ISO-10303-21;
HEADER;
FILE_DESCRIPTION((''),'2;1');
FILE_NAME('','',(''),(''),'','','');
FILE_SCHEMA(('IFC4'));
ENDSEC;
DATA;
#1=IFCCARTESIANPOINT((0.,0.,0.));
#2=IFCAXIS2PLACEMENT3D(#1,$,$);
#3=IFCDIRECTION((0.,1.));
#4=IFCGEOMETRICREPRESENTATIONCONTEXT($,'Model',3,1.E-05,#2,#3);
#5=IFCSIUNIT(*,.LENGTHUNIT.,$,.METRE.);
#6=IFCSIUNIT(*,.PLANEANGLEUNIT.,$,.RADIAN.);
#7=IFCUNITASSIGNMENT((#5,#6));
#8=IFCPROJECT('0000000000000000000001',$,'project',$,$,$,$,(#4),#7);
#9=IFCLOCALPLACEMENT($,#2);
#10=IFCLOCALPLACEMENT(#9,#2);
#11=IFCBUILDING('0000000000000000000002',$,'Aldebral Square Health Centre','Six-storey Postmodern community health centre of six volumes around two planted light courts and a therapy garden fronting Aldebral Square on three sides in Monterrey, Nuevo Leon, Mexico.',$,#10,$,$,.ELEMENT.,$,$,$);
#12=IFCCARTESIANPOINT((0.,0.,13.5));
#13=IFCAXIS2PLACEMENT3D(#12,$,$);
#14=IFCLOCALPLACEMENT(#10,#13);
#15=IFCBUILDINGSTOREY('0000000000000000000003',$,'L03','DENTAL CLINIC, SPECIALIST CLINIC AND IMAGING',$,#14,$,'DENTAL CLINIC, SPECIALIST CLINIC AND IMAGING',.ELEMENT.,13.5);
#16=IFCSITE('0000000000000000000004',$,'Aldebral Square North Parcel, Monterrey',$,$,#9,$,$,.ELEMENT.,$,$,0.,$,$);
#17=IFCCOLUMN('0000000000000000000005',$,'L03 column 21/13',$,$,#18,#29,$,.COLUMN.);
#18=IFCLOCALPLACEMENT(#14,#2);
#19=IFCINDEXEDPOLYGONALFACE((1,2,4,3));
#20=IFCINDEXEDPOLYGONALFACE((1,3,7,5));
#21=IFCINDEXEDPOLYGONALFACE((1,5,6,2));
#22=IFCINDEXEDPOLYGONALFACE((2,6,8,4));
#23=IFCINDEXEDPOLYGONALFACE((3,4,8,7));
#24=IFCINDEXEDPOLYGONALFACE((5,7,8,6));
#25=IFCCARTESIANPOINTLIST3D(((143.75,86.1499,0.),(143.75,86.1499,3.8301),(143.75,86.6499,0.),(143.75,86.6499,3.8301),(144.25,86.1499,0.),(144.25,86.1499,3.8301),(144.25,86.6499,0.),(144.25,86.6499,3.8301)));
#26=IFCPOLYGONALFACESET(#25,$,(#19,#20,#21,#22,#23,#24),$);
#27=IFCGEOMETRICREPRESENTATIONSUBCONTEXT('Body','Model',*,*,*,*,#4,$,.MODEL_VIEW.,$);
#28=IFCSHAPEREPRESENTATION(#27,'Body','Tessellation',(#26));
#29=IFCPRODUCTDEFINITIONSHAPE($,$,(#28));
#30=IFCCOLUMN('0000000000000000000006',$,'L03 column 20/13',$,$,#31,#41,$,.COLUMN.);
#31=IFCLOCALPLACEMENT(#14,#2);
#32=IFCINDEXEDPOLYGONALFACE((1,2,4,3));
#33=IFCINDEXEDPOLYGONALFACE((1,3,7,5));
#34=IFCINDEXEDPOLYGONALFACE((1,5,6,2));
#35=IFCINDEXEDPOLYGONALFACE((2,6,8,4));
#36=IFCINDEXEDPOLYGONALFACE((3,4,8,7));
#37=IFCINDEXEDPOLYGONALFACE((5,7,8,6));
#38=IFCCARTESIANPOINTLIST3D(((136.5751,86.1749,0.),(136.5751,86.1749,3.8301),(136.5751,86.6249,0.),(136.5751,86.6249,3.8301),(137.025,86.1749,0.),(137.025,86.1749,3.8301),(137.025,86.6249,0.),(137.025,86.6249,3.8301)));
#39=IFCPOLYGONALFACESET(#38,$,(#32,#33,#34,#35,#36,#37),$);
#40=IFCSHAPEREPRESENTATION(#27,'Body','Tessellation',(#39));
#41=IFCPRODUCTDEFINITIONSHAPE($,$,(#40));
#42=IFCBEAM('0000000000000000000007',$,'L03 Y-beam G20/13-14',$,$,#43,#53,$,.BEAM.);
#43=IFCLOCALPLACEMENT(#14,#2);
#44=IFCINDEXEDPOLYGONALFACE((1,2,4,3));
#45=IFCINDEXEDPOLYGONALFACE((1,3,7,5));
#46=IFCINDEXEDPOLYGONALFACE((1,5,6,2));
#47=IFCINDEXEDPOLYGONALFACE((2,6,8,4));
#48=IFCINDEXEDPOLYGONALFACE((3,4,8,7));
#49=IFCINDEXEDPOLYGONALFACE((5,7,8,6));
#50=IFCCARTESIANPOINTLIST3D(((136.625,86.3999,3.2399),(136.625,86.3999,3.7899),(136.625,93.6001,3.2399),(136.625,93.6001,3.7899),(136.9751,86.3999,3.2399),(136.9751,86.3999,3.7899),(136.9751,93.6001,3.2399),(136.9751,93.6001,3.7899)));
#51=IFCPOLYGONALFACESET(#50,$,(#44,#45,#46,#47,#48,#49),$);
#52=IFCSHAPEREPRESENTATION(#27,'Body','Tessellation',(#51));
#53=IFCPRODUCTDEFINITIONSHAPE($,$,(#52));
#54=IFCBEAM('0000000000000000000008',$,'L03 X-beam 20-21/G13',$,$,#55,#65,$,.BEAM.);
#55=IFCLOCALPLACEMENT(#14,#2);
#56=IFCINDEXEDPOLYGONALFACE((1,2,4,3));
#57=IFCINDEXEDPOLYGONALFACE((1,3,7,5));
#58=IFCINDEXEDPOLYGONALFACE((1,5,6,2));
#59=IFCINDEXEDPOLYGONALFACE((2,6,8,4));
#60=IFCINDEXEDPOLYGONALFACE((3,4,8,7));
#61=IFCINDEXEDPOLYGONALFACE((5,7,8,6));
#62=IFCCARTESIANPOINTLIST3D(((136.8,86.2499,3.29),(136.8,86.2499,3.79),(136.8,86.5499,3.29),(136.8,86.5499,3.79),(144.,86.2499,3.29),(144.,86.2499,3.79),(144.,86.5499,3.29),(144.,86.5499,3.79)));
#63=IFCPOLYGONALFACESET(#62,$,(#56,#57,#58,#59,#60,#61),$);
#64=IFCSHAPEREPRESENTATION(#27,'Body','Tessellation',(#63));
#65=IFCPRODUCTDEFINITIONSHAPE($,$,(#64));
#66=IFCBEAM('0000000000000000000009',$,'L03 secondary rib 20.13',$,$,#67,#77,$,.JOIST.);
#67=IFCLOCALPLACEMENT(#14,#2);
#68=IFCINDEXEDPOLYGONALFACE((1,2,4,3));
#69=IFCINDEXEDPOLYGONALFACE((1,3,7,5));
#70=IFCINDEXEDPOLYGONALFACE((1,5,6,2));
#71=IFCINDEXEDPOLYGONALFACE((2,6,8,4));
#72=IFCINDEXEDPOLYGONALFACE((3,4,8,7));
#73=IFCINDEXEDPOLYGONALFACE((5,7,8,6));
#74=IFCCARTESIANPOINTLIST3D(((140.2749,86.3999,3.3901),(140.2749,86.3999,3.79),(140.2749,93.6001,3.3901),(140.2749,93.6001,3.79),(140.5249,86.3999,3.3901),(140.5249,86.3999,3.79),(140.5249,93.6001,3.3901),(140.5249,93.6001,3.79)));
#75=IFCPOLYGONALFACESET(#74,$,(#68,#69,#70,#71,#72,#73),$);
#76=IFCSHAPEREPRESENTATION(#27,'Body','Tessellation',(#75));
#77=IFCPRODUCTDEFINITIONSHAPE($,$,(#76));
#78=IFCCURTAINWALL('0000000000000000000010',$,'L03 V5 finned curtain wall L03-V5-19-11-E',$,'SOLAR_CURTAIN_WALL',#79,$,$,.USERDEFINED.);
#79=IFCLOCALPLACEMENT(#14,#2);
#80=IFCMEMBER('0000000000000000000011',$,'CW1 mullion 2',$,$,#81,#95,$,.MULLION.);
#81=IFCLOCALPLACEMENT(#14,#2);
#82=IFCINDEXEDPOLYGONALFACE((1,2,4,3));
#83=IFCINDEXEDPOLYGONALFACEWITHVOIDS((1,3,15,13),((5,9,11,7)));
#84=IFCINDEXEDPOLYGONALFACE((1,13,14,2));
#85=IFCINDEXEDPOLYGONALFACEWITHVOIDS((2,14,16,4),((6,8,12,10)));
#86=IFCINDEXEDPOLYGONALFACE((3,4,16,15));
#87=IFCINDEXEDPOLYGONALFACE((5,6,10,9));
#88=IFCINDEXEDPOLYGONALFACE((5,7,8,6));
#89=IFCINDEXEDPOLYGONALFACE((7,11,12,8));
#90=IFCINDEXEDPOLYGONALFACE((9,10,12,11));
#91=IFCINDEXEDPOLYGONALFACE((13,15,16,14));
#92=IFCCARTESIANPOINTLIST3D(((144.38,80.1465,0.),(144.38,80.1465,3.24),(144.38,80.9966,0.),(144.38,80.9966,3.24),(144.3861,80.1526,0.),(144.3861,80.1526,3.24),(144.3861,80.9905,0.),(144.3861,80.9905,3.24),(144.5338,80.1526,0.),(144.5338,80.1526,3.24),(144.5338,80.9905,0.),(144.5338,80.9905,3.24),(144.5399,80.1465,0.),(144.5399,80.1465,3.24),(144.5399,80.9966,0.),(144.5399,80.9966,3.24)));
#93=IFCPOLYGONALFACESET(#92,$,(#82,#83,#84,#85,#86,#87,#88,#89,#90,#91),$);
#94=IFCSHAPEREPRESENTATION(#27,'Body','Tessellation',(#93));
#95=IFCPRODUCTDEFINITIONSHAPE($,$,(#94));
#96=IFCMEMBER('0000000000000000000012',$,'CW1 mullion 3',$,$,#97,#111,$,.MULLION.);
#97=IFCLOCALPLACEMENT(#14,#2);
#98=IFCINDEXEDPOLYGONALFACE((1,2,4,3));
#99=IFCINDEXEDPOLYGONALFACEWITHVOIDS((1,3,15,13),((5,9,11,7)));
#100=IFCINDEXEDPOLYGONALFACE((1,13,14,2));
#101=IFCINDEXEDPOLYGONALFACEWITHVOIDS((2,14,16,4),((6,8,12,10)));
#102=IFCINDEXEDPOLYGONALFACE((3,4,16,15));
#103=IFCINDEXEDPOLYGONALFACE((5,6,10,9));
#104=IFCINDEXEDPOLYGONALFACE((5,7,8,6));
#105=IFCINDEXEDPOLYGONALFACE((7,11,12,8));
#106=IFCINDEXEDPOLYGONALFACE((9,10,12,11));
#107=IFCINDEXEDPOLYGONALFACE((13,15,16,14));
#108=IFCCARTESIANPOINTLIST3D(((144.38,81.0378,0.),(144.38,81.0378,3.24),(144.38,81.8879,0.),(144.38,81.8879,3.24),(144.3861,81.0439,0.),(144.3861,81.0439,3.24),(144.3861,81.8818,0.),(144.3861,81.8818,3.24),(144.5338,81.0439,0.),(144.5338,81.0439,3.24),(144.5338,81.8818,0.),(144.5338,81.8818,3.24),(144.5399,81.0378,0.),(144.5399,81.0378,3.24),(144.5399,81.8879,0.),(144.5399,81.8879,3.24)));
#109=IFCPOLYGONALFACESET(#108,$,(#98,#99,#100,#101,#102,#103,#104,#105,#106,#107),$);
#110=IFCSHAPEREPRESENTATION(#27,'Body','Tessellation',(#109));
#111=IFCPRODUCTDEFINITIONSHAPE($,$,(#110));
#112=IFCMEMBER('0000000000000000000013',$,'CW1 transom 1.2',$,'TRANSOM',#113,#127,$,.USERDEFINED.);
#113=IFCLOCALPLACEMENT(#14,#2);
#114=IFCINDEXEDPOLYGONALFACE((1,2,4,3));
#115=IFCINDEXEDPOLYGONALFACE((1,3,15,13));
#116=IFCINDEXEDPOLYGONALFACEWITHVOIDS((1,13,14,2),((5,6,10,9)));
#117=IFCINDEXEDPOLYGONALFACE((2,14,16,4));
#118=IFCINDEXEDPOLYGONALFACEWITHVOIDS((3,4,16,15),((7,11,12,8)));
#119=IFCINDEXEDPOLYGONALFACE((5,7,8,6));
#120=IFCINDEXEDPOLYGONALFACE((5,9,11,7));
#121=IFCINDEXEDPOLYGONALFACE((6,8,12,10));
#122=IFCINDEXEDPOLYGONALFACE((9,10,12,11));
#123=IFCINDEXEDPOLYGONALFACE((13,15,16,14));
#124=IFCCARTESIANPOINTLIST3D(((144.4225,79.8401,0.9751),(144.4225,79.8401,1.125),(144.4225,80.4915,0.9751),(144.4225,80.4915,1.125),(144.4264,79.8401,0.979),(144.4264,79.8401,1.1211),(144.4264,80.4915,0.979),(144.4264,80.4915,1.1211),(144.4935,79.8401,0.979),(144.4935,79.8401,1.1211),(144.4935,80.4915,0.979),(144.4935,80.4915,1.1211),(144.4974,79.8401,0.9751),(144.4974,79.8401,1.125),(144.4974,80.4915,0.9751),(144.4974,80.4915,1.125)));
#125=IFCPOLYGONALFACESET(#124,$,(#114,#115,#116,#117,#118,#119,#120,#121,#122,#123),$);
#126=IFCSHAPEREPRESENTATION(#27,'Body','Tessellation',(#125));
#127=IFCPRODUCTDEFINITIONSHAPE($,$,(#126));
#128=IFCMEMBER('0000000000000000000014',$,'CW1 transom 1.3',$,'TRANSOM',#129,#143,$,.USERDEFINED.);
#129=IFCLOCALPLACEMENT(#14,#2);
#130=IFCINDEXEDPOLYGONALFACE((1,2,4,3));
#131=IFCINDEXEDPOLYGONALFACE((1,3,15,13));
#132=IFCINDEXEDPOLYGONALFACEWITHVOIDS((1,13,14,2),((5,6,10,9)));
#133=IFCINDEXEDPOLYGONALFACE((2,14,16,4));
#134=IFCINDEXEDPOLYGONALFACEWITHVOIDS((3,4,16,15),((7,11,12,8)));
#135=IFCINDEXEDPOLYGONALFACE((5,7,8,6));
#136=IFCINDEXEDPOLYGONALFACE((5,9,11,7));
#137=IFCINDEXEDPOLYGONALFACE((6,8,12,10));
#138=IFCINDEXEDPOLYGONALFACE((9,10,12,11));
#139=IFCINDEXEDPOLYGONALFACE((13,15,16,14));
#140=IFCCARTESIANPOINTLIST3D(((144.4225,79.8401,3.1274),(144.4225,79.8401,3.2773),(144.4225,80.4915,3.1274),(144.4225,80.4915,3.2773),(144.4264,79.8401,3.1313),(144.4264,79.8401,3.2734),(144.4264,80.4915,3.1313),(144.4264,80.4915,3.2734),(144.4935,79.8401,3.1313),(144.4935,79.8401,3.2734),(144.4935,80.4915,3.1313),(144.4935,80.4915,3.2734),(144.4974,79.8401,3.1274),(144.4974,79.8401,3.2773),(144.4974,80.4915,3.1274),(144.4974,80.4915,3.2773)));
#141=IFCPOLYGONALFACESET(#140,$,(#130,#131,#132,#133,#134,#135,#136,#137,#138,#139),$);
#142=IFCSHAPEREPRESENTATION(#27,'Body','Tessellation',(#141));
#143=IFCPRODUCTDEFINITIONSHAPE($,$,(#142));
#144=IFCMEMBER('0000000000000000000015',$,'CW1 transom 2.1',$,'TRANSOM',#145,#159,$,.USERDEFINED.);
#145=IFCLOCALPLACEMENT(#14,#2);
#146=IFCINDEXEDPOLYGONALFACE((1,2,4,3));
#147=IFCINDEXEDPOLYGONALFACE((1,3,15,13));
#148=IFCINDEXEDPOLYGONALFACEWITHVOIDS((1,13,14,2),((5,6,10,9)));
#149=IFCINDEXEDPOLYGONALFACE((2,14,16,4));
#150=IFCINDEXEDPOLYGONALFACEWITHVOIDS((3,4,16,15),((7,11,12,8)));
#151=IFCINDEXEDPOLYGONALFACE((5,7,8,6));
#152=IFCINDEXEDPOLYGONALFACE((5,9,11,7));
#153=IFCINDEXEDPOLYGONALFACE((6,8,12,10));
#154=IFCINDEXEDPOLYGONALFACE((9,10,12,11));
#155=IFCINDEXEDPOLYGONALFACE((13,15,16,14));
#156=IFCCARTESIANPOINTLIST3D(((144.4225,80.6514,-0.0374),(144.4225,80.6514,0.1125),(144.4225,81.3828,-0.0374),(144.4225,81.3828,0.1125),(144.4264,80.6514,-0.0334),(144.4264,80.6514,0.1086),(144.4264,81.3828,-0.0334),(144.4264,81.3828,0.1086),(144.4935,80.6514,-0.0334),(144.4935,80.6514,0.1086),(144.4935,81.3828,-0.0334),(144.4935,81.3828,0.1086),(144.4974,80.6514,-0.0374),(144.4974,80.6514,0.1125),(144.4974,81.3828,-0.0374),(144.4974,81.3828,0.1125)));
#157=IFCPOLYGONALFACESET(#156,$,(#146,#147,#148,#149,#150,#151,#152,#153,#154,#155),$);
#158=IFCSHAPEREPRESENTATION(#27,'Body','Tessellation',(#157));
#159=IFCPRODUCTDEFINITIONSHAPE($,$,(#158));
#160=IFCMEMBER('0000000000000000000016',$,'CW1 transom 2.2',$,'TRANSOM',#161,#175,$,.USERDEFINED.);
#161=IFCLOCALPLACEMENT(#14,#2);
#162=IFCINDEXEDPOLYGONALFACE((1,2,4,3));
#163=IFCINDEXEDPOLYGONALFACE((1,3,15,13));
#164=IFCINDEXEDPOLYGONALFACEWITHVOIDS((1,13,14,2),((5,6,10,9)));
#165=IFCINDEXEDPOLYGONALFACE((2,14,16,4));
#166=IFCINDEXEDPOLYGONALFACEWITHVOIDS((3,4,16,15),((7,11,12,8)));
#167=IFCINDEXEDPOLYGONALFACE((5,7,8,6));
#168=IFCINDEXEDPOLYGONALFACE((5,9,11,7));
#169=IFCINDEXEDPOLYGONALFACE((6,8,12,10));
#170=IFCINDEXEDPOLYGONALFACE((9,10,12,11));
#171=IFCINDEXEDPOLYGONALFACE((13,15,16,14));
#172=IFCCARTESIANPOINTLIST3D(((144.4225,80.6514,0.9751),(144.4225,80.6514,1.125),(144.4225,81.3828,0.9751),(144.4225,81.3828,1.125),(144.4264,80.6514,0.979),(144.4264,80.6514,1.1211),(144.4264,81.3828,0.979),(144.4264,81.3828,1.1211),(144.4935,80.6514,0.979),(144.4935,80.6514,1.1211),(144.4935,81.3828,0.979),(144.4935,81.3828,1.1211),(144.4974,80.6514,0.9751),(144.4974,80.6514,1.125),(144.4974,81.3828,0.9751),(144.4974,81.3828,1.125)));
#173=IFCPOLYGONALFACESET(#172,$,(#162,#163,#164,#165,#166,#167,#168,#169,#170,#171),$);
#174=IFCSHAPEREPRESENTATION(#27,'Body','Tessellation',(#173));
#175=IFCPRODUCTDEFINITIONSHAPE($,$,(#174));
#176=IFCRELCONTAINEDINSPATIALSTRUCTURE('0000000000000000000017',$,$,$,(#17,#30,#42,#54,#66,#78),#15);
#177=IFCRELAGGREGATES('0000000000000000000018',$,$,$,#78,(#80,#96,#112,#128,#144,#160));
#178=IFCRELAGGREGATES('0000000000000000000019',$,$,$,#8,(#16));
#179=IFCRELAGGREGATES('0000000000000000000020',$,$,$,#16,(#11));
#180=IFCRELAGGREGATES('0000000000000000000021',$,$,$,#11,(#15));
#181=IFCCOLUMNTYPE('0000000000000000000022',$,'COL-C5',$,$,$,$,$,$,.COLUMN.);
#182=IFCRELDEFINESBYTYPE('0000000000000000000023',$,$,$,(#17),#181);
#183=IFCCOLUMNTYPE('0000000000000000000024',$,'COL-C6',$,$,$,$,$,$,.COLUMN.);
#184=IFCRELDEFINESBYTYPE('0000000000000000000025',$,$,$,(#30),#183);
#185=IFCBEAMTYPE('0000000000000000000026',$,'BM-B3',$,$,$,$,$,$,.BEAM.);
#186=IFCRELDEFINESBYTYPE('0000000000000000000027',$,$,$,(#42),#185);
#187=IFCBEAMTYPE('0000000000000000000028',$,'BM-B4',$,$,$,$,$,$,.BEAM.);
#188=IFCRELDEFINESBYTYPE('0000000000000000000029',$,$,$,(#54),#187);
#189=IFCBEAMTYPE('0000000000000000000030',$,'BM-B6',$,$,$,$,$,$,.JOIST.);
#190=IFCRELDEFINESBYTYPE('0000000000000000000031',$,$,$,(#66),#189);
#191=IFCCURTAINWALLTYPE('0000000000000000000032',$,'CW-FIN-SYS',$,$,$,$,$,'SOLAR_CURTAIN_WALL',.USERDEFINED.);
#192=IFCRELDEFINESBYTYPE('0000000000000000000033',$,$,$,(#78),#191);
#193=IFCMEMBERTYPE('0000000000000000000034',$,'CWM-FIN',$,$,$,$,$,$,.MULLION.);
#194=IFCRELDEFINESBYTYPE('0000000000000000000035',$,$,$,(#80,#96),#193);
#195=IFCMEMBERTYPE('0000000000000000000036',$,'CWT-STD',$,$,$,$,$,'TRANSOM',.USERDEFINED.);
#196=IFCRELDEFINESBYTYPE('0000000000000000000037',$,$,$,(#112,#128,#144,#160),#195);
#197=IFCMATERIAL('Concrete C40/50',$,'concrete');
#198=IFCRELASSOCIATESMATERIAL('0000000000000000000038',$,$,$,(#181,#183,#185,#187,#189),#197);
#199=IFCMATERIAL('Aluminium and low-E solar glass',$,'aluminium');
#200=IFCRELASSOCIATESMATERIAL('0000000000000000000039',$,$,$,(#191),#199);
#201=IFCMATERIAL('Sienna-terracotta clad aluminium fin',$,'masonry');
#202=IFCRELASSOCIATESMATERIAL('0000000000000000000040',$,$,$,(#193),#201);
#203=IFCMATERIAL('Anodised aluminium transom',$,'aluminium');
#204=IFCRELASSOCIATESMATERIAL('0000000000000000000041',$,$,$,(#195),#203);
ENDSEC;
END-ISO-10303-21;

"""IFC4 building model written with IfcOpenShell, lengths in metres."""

from ifc_helpers import new_model, si_unit, direction, frame, origin, origin_2d, place, context, subcontext, project, spatial, rectangle, hollow_rectangle, extrude, material, material_profile, profile_set, type_object, element, aggregate, save


model = new_model("IFC4")

# Units and contexts
model_context = context("Model", 3, precision=1e-05, world=origin(), true_north=direction((0.0, 1.0)))
body_context = subcontext(model_context, "Body", "Model", "MODEL_VIEW")
ifc_project = project(units=[si_unit("LENGTHUNIT", "METRE"), si_unit("PLANEANGLEUNIT", "RADIAN")], contexts=[model_context])

# Site, building, storey
site_placement = place(None, origin())
site = spatial("IfcSite", under=ifc_project, at=site_placement, Name="Aldebral Square North Parcel, Monterrey", CompositionType="ELEMENT", RefElevation=0.0)
building_placement = place(site_placement, origin())
building = spatial("IfcBuilding", under=site, at=building_placement, Name="Aldebral Square Health Centre", Description="Six-storey Postmodern community health centre of six volumes around two planted light courts and a therapy garden fronting Aldebral Square on three sides in Monterrey, Nuevo Leon, Mexico.", CompositionType="ELEMENT")
storey_placement = place(building_placement, frame((0.0, 0.0, 13.5)))
storey = spatial("IfcBuildingStorey", under=building, at=storey_placement, Name="L03", Description="DENTAL CLINIC, SPECIALIST CLINIC AND IMAGING", LongName="DENTAL CLINIC, SPECIALIST CLINIC AND IMAGING", CompositionType="ELEMENT", Elevation=13.5)

# Columns
ifc_material_1 = material(Name="Concrete C40/50", Category="concrete")
ifc_material_profile_1 = material_profile(ifc_material_1, rectangle(XDim=0.5, YDim=0.5, at=origin_2d()), Name="RC 500x500")
ifc_profile_set_1 = profile_set([ifc_material_profile_1], Name="Concrete C40/50")
column_type_1 = type_object("IfcColumnType", Name="COL-C5", PredefinedType="COLUMN", material=ifc_profile_set_1)
column_1_placement = place(storey_placement, frame((144.0, 86.3999, 0.0), z_axis=(0.0, 0.0, 1.0), x_axis=(1.0, 0.0, 0.0)))
element("IfcColumn", 1, at=column_1_placement, inside=storey, type_object=column_type_1, Name="L03 column 21/13", PredefinedType="COLUMN", context=body_context, shape_type="SweptSolid", body=[
    extrude(rectangle(XDim=0.5, YDim=0.5, at=origin_2d()), origin(), (0.0, 0.0, 1.0), 3.8301),
])
ifc_material_profile_2 = material_profile(ifc_material_1, rectangle(XDim=0.45, YDim=0.45, at=origin_2d()), Name="RC 450x450")
ifc_profile_set_2 = profile_set([ifc_material_profile_2], Name="Concrete C40/50")
column_type_2 = type_object("IfcColumnType", Name="COL-C6", PredefinedType="COLUMN", material=ifc_profile_set_2)
column_2_placement = place(storey_placement, frame((136.8, 86.3999, 0.0), z_axis=(0.0, 0.0, 1.0), x_axis=(1.0, 0.0, 0.0)))
element("IfcColumn", 2, at=column_2_placement, inside=storey, type_object=column_type_2, Name="L03 column 20/13", PredefinedType="COLUMN", context=body_context, shape_type="SweptSolid", body=[
    extrude(rectangle(XDim=0.45, YDim=0.45, at=origin_2d()), origin(), (0.0, 0.0, 1.0), 3.8301),
])

# Beams
ifc_material_profile_3 = material_profile(ifc_material_1, rectangle(XDim=0.3501, YDim=0.55, at=origin_2d()), Name="RC 350x550")
ifc_profile_set_3 = profile_set([ifc_material_profile_3], Name="Concrete C40/50")
beam_type_1 = type_object("IfcBeamType", Name="BM-B3", PredefinedType="BEAM", material=ifc_profile_set_3)
beam_1_placement = place(storey_placement, frame((136.8, 86.3999, 3.5149), z_axis=(0.0, 1.0, 0.0), x_axis=(-1.0, 0.0, 0.0)))
element("IfcBeam", 3, at=beam_1_placement, inside=storey, type_object=beam_type_1, Name="L03 Y-beam G20/13-14", PredefinedType="BEAM", context=body_context, shape_type="SweptSolid", body=[
    extrude(rectangle(XDim=0.3501, YDim=0.55, at=origin_2d()), origin(), (0.0, 0.0, 1.0), 7.2002),
])
ifc_material_profile_4 = material_profile(ifc_material_1, rectangle(XDim=0.3, YDim=0.5, at=origin_2d()), Name="RC 300x500")
ifc_profile_set_4 = profile_set([ifc_material_profile_4], Name="Concrete C40/50")
beam_type_2 = type_object("IfcBeamType", Name="BM-B4", PredefinedType="BEAM", material=ifc_profile_set_4)
beam_2_placement = place(storey_placement, frame((136.8, 86.3999, 3.54), z_axis=(1.0, 0.0, 0.0), x_axis=(0.0, 1.0, 0.0)))
element("IfcBeam", 4, at=beam_2_placement, inside=storey, type_object=beam_type_2, Name="L03 X-beam 20-21/G13", PredefinedType="BEAM", context=body_context, shape_type="SweptSolid", body=[
    extrude(rectangle(XDim=0.3, YDim=0.5, at=origin_2d()), origin(), (0.0, 0.0, 1.0), 7.2),
])
ifc_material_profile_5 = material_profile(ifc_material_1, rectangle(XDim=0.25, YDim=0.3999, at=origin_2d()), Name="RC 250x400")
ifc_profile_set_5 = profile_set([ifc_material_profile_5], Name="Concrete C40/50")
beam_type_3 = type_object("IfcBeamType", Name="BM-B6", PredefinedType="JOIST", material=ifc_profile_set_5)
beam_3_placement = place(storey_placement, frame((140.3999, 86.3999, 3.5901), z_axis=(0.0, 1.0, 0.0), x_axis=(-1.0, 0.0, 0.0)))
element("IfcBeam", 5, at=beam_3_placement, inside=storey, type_object=beam_type_3, Name="L03 secondary rib 20.13", PredefinedType="JOIST", context=body_context, shape_type="SweptSolid", body=[
    extrude(rectangle(XDim=0.25, YDim=0.3999, at=origin_2d()), origin(), (0.0, 0.0, 1.0), 7.2002),
])

# Curtain wall, members
ifc_material_2 = material(Name="Aluminium and low-E solar glass", Category="aluminium")
curtain_wall_type = type_object("IfcCurtainWallType", Name="CW-FIN-SYS", ElementType="SOLAR_CURTAIN_WALL", PredefinedType="USERDEFINED", material=ifc_material_2)
curtain_wall_placement = place(storey_placement, origin())
curtain_wall = element("IfcCurtainWall", 6, at=curtain_wall_placement, inside=storey, type_object=curtain_wall_type, Name="L03 V5 finned curtain wall L03-V5-19-11-E", ObjectType="SOLAR_CURTAIN_WALL", PredefinedType="USERDEFINED")
ifc_material_3 = material(Name="Sienna-terracotta clad aluminium fin", Category="masonry")
ifc_material_profile_6 = material_profile(ifc_material_3, hollow_rectangle(XDim=0.1599, YDim=0.8501, WallThickness=0.0061, at=origin_2d()), Name="FIN 160x850x6")
ifc_profile_set_6 = profile_set([ifc_material_profile_6], Name="Sienna-terracotta clad aluminium fin")
member_type_1 = type_object("IfcMemberType", Name="CWM-FIN", PredefinedType="MULLION", material=ifc_profile_set_6)
member_1_placement = place(storey_placement, frame((144.46, 80.5715, 0.0), z_axis=(0.0, 0.0, 1.0), x_axis=(-1.0, 0.0, 0.0)))
member_1 = element("IfcMember", 7, at=member_1_placement, type_object=member_type_1, Name="CW1 mullion 2", PredefinedType="MULLION", context=body_context, shape_type="SweptSolid", body=[
    extrude(hollow_rectangle(XDim=0.1599, YDim=0.8501, WallThickness=0.0061, at=origin_2d()), origin(), (0.0, 0.0, 1.0), 3.24),
])
member_2_placement = place(storey_placement, frame((144.46, 81.4629, 0.0), z_axis=(0.0, 0.0, 1.0), x_axis=(-1.0, 0.0, 0.0)))
member_2 = element("IfcMember", 8, at=member_2_placement, type_object=member_type_1, Name="CW1 mullion 3", PredefinedType="MULLION", context=body_context, shape_type="SweptSolid", body=[
    extrude(hollow_rectangle(XDim=0.1599, YDim=0.8501, WallThickness=0.0061, at=origin_2d()), origin(), (0.0, 0.0, 1.0), 3.24),
])
ifc_material_4 = material(Name="Anodised aluminium transom", Category="aluminium")
ifc_material_profile_7 = material_profile(ifc_material_4, hollow_rectangle(XDim=0.075, YDim=0.1499, WallThickness=0.0039, at=origin_2d()), Name="CWT 75x150x4")
ifc_profile_set_7 = profile_set([ifc_material_profile_7], Name="Anodised aluminium transom")
member_type_2 = type_object("IfcMemberType", Name="CWT-STD", ElementType="TRANSOM", PredefinedType="USERDEFINED", material=ifc_profile_set_7)
member_3_placement = place(storey_placement, frame((144.46, 79.8401, 1.05), z_axis=(0.0, 1.0, 0.0), x_axis=(-1.0, 0.0, 0.0)))
member_3 = element("IfcMember", 9, at=member_3_placement, type_object=member_type_2, Name="CW1 transom 1.2", ObjectType="TRANSOM", PredefinedType="USERDEFINED", context=body_context, shape_type="SweptSolid", body=[
    extrude(hollow_rectangle(XDim=0.075, YDim=0.1499, WallThickness=0.0039, at=origin_2d()), origin(), (0.0, 0.0, 1.0), 0.6514),
])
member_4_placement = place(storey_placement, frame((144.46, 79.8401, 3.2024), z_axis=(0.0, 1.0, 0.0), x_axis=(-1.0, 0.0, 0.0)))
member_4 = element("IfcMember", 10, at=member_4_placement, type_object=member_type_2, Name="CW1 transom 1.3", ObjectType="TRANSOM", PredefinedType="USERDEFINED", context=body_context, shape_type="SweptSolid", body=[
    extrude(hollow_rectangle(XDim=0.075, YDim=0.1499, WallThickness=0.0039, at=origin_2d()), origin(), (0.0, 0.0, 1.0), 0.6514),
])
member_5_placement = place(storey_placement, frame((144.46, 80.6514, 0.0376), z_axis=(0.0, 1.0, 0.0), x_axis=(-1.0, 0.0, 0.0)))
member_5 = element("IfcMember", 11, at=member_5_placement, type_object=member_type_2, Name="CW1 transom 2.1", ObjectType="TRANSOM", PredefinedType="USERDEFINED", context=body_context, shape_type="SweptSolid", body=[
    extrude(hollow_rectangle(XDim=0.075, YDim=0.1499, WallThickness=0.0039, at=origin_2d()), origin(), (0.0, 0.0, 1.0), 0.7314),
])
member_6_placement = place(storey_placement, frame((144.46, 80.6514, 1.05), z_axis=(0.0, 1.0, 0.0), x_axis=(-1.0, 0.0, 0.0)))
member_6 = element("IfcMember", 12, at=member_6_placement, type_object=member_type_2, Name="CW1 transom 2.2", ObjectType="TRANSOM", PredefinedType="USERDEFINED", context=body_context, shape_type="SweptSolid", body=[
    extrude(hollow_rectangle(XDim=0.075, YDim=0.1499, WallThickness=0.0039, at=origin_2d()), origin(), (0.0, 0.0, 1.0), 0.7314),
])
aggregate(curtain_wall, [member_1, member_2, member_3, member_4, member_5, member_6])

save(model, "model.ifc")
